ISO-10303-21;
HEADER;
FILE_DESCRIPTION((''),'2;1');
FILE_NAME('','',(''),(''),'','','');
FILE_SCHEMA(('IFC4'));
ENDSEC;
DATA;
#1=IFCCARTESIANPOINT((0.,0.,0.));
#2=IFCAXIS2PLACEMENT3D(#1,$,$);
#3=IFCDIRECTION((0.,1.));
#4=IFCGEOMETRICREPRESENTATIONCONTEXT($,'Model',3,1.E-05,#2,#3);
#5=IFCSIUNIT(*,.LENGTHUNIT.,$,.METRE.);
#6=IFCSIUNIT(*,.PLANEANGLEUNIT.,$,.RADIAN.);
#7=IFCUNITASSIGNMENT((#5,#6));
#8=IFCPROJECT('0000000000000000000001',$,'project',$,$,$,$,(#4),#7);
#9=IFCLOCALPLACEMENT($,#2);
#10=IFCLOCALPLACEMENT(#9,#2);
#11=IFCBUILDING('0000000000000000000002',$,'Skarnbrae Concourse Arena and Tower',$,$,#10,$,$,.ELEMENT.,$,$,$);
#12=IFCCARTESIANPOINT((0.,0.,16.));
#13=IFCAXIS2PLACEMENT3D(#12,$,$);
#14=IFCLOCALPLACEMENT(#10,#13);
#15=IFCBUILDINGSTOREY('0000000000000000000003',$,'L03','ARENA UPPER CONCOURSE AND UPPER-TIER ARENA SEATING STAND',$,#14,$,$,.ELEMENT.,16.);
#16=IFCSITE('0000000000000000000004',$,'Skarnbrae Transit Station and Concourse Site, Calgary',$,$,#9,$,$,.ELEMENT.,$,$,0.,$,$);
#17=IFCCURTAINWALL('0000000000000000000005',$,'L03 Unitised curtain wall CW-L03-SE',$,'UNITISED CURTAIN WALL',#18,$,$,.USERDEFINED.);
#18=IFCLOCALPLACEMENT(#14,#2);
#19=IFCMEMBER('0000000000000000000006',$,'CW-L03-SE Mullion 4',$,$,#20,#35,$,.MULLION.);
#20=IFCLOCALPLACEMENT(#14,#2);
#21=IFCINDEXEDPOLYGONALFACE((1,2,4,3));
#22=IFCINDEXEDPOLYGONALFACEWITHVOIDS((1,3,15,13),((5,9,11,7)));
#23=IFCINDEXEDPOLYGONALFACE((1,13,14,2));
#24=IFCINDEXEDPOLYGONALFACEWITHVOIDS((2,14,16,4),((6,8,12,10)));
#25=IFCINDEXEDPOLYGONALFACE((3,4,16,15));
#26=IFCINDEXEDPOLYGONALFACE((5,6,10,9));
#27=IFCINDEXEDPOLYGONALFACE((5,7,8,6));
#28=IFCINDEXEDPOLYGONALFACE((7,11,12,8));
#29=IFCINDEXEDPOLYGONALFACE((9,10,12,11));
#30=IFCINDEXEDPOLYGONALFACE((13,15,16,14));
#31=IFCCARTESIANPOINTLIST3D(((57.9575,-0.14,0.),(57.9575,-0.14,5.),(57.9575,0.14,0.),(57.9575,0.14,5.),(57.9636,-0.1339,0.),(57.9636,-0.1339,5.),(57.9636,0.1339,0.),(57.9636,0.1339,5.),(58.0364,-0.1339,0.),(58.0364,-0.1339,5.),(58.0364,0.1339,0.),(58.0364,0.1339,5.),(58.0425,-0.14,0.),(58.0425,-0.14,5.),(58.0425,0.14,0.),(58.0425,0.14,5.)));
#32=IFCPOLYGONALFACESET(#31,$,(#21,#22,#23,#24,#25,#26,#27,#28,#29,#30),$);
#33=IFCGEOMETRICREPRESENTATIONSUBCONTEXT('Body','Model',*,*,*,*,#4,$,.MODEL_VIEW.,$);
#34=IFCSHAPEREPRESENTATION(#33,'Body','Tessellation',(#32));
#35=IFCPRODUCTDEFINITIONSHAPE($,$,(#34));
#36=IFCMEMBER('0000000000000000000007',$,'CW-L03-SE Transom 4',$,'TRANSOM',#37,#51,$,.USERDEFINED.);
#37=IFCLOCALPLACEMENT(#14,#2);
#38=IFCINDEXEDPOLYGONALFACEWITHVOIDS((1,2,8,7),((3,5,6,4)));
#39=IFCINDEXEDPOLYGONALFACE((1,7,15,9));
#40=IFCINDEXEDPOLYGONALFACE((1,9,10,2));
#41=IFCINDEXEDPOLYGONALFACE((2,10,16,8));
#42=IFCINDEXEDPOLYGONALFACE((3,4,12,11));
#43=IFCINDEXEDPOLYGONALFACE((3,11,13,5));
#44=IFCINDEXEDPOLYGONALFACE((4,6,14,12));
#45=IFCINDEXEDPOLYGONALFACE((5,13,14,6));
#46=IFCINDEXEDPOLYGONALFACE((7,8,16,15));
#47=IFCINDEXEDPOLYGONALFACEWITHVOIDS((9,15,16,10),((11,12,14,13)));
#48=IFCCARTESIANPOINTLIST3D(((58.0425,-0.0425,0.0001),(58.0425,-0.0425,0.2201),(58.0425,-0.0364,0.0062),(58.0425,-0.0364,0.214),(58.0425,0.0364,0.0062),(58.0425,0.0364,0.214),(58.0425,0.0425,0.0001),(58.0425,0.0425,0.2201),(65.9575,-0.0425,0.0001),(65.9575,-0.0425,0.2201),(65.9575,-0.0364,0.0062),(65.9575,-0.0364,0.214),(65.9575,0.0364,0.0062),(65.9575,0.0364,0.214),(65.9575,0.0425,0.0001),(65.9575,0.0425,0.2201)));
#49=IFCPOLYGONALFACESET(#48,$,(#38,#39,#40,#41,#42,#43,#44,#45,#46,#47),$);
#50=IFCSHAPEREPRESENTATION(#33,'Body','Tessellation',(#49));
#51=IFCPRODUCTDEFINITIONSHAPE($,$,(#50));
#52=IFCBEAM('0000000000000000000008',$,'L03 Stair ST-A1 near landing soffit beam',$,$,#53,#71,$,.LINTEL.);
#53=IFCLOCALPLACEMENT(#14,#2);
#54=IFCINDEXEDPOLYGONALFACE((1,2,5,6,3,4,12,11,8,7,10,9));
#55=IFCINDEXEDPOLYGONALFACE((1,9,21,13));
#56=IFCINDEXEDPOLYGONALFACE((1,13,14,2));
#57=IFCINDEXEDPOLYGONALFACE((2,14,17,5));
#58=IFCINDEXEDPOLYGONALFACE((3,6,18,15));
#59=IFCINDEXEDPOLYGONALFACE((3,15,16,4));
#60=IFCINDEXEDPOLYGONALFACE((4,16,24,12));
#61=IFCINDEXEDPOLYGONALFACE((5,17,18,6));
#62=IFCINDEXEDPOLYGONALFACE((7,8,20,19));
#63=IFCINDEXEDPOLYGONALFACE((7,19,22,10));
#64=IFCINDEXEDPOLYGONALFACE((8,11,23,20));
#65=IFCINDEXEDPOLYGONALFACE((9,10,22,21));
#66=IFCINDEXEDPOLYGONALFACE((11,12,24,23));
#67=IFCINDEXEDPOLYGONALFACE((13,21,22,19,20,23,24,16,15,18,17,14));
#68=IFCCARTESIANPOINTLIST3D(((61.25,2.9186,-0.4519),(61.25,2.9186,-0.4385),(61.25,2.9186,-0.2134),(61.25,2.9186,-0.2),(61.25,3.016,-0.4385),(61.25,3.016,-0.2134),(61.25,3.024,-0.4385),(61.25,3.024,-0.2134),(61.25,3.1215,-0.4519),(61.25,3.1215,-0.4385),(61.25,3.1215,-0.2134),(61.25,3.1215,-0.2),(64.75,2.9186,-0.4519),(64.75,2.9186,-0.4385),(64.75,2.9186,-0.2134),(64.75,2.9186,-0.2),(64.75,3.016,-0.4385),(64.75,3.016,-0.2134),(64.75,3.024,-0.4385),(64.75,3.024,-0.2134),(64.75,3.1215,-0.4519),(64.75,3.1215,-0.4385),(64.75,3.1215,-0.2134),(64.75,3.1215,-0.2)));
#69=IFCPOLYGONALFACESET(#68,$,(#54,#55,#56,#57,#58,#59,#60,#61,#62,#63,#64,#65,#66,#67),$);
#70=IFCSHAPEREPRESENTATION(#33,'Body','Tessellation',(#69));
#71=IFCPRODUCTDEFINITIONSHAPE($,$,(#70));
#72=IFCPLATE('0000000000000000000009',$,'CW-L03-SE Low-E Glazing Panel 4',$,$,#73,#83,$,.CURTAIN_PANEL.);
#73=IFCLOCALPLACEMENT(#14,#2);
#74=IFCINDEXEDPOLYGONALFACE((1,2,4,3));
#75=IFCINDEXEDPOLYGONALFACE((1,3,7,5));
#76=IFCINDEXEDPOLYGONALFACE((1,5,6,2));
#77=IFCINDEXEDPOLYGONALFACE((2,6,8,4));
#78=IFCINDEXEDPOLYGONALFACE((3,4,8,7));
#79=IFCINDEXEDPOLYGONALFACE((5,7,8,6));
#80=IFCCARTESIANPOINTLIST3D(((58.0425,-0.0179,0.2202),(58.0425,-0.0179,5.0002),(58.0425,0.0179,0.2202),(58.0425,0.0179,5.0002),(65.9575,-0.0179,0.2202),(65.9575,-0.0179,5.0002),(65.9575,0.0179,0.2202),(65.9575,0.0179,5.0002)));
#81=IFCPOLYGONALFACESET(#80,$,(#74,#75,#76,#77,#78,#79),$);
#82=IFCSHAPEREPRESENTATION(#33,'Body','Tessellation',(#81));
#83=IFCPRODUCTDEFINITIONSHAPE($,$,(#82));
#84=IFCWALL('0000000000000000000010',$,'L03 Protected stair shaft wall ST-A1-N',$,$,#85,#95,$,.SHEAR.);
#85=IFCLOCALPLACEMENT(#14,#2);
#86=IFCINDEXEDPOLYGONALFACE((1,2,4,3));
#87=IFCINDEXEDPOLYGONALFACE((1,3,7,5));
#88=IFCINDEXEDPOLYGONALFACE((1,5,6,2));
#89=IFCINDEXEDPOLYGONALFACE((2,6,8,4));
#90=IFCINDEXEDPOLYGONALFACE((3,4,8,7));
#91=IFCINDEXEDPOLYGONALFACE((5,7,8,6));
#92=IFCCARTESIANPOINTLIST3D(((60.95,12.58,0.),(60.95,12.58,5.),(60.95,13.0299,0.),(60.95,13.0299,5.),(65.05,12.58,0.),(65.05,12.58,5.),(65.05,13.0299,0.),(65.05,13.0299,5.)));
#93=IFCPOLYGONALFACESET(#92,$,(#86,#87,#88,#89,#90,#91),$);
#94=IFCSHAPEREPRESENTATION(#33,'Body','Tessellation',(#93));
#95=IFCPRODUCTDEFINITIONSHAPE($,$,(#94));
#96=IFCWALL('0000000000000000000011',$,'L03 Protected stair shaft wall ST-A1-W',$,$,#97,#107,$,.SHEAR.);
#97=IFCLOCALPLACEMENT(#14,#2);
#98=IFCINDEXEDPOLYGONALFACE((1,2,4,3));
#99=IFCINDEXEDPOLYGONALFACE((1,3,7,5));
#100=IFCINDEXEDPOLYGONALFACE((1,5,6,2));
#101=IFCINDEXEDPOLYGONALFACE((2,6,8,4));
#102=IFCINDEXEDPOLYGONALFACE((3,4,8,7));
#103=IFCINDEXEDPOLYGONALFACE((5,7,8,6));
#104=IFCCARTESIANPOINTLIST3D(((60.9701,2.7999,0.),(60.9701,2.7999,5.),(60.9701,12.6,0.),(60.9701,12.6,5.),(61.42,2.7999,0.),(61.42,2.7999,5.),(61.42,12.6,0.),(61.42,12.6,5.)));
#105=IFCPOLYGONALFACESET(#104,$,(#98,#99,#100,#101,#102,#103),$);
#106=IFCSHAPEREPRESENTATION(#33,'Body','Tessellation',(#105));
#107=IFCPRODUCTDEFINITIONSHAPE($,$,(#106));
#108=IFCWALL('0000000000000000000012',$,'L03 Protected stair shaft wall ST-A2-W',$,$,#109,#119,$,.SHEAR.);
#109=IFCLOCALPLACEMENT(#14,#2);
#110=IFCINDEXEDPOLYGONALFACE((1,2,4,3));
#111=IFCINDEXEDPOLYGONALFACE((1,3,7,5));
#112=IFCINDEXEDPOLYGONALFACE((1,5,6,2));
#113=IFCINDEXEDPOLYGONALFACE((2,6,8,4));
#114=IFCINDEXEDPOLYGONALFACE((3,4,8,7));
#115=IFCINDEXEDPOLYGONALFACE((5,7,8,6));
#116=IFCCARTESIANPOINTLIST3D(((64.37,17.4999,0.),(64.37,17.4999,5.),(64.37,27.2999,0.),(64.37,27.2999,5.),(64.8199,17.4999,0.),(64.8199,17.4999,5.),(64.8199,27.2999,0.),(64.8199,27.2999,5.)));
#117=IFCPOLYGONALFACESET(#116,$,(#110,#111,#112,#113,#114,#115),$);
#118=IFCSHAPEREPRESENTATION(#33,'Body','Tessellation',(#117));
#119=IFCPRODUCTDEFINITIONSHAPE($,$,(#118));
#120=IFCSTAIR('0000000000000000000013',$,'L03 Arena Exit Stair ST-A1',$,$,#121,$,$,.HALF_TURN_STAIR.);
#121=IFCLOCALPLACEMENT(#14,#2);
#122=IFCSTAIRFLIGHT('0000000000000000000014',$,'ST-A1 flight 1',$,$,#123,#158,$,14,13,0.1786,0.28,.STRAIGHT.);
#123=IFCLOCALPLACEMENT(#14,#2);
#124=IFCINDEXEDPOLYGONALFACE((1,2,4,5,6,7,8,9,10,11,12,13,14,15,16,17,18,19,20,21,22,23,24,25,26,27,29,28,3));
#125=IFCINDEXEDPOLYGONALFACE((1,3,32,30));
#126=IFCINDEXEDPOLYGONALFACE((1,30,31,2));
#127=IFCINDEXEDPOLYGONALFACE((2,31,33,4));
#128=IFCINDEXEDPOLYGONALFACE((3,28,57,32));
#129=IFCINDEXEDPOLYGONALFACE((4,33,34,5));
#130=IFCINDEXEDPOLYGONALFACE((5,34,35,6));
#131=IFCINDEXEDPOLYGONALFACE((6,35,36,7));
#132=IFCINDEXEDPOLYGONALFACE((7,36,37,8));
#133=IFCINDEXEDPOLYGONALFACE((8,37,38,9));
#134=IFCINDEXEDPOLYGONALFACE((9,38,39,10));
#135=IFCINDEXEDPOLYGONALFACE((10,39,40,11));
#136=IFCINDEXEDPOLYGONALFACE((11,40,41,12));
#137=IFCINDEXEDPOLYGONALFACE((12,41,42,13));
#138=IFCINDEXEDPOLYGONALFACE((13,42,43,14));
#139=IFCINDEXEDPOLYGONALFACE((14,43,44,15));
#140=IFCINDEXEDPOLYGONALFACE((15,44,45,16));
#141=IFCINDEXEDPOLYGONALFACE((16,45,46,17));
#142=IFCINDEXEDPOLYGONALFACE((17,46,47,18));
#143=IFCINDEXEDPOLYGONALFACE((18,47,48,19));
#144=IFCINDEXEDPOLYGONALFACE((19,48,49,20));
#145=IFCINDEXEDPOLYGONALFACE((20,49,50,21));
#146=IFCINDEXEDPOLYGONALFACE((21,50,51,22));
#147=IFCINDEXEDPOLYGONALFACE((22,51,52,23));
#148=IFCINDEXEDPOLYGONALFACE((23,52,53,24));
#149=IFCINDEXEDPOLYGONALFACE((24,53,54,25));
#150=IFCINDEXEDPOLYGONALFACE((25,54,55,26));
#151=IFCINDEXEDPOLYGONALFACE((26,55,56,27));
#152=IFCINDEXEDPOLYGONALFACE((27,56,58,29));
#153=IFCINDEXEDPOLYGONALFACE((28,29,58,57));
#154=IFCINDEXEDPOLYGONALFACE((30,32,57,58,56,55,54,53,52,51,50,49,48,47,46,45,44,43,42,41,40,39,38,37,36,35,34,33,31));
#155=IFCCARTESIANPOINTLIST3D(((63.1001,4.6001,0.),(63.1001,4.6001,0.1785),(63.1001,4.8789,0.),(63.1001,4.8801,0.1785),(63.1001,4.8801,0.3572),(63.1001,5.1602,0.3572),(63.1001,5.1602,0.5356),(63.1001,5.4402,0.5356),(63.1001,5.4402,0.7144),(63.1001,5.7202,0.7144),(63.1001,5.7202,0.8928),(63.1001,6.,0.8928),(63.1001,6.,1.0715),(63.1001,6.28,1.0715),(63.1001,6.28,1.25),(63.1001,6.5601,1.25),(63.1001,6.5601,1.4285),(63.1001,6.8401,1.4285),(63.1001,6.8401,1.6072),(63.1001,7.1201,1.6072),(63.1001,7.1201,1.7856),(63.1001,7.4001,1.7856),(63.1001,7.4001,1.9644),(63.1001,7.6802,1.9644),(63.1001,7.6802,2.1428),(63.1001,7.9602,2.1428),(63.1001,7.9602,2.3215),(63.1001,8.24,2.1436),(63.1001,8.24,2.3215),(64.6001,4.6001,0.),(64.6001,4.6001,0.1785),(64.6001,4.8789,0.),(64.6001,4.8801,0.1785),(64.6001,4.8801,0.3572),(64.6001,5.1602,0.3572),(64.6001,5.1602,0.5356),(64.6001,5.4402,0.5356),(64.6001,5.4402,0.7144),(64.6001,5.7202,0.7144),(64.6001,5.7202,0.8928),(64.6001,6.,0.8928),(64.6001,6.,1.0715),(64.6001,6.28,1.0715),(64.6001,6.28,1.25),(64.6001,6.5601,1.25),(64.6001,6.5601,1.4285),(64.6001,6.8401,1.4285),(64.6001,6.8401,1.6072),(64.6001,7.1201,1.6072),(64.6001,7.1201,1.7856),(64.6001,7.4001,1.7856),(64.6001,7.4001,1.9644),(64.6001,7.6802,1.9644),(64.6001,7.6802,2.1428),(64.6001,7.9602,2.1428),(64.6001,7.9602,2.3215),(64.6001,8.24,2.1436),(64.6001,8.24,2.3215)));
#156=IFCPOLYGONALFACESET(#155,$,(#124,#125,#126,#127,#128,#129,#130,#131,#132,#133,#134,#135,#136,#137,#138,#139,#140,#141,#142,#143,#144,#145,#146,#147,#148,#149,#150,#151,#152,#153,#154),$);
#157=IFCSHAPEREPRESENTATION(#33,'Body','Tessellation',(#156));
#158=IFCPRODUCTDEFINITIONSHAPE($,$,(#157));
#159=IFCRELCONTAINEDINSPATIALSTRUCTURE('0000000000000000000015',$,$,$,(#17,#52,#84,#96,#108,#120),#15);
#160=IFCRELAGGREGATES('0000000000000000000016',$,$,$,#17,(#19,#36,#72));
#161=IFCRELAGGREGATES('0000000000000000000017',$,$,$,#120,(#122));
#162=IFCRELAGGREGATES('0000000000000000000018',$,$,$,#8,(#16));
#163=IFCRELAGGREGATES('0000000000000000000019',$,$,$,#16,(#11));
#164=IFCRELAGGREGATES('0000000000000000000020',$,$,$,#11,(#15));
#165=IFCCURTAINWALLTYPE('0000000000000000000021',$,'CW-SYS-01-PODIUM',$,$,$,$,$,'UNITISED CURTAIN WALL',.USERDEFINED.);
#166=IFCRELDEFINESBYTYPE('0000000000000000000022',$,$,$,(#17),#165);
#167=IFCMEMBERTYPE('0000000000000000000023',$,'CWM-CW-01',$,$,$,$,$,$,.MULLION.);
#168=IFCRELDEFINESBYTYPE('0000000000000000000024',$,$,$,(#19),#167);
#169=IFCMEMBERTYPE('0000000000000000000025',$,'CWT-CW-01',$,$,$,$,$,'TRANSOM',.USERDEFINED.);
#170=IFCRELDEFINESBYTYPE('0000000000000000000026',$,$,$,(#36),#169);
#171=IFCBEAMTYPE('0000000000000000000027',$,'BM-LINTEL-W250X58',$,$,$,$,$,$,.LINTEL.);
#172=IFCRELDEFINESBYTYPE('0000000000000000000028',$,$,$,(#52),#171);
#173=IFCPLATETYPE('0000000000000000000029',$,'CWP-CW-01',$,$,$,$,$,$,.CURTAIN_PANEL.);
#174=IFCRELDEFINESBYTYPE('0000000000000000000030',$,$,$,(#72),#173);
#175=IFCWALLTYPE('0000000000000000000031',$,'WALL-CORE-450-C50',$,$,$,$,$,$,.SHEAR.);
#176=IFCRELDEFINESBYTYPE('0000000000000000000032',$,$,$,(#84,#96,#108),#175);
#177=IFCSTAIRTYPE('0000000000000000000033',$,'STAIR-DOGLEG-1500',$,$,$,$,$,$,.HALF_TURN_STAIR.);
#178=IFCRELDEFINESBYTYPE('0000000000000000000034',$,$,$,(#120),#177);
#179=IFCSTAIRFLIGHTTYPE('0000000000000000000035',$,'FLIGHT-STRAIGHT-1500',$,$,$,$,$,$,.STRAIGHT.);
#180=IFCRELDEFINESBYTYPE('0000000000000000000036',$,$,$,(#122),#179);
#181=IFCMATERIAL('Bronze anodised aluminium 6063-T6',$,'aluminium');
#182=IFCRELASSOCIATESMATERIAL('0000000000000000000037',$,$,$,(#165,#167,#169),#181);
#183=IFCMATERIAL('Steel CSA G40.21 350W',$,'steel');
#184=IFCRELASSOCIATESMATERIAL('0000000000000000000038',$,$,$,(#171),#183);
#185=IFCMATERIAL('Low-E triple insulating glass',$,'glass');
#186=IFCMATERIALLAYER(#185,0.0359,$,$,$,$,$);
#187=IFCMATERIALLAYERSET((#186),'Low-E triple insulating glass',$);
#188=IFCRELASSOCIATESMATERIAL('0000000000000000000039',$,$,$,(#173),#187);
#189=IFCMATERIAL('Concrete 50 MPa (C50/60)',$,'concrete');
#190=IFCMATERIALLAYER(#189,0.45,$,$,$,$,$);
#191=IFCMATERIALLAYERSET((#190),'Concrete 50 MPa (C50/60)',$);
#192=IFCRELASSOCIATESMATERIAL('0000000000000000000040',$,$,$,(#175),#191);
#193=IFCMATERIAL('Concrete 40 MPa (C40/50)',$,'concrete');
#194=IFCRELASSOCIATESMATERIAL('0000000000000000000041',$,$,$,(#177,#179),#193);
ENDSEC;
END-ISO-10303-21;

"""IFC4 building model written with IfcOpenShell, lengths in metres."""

from ifc_helpers import new_model, si_unit, direction, frame, frame_2d, origin, origin_2d, place, context, subcontext, project, spatial, polyline, rectangle, hollow_rectangle, i_section, outline, extrude, source, transform, mapped, material, layer, layer_set, material_profile, profile_set, type_object, element, aggregate, save


model = new_model("IFC4")

# Units and contexts
model_context = context("Model", 3, precision=1e-05, world=origin(), true_north=direction((0.0, 1.0)))
body_context = subcontext(model_context, "Body", "Model", "MODEL_VIEW")
ifc_project = project(units=[si_unit("LENGTHUNIT", "METRE"), si_unit("PLANEANGLEUNIT", "RADIAN")], contexts=[model_context])

# Site, building, storey
site_placement = place(None, origin())
site = spatial("IfcSite", under=ifc_project, at=site_placement, Name="Skarnbrae Transit Station and Concourse Site, Calgary", CompositionType="ELEMENT", RefElevation=0.0)
building_placement = place(site_placement, origin())
building = spatial("IfcBuilding", under=site, at=building_placement, Name="Skarnbrae Concourse Arena and Tower", CompositionType="ELEMENT")
storey_placement = place(building_placement, frame((0.0, 0.0, 16.0)))
storey = spatial("IfcBuildingStorey", under=building, at=storey_placement, Name="L03", Description="ARENA UPPER CONCOURSE AND UPPER-TIER ARENA SEATING STAND", CompositionType="ELEMENT", Elevation=16.0)

# Shared definitions
ifc_material_1 = material(Name="Steel CSA G40.21 350W", Category="steel")

# Curtain wall, members
ifc_material_2 = material(Name="Bronze anodised aluminium 6063-T6", Category="aluminium")
curtain_wall_type = type_object("IfcCurtainWallType", Name="CW-SYS-01-PODIUM", ElementType="UNITISED CURTAIN WALL", PredefinedType="USERDEFINED", material=ifc_material_2)
curtain_wall_placement = place(storey_placement, origin())
curtain_wall = element("IfcCurtainWall", 1, at=curtain_wall_placement, inside=storey, type_object=curtain_wall_type, Name="L03 Unitised curtain wall CW-L03-SE", ObjectType="UNITISED CURTAIN WALL", PredefinedType="USERDEFINED")
ifc_material_profile_1 = material_profile(ifc_material_2, hollow_rectangle(XDim=0.085, YDim=0.28, WallThickness=0.0061, at=origin_2d()), Name="ALU-MULL-85X280")
ifc_profile_set_1 = profile_set([ifc_material_profile_1], Name="Bronze anodised aluminium 6063-T6")
member_type_1 = type_object("IfcMemberType", Name="CWM-CW-01", PredefinedType="MULLION", material=ifc_profile_set_1)
shared_shape_1 = source(origin(), body_context, "Body", "SweptSolid", [
    extrude(hollow_rectangle(XDim=0.085, YDim=0.28, WallThickness=0.0061, at=origin_2d()), origin(), (0.0, 0.0, 1.0), 5.0),
])
member_1_placement = place(storey_placement, frame((58.0, 0.0, 0.0), z_axis=(0.0, 0.0, 1.0), x_axis=(1.0, 0.0, 0.0)))
member_1 = element("IfcMember", 2, at=member_1_placement, type_object=member_type_1, Name="CW-L03-SE Mullion 4", PredefinedType="MULLION", context=body_context, shape_type="MappedRepresentation", body=[
    mapped(shared_shape_1, transform((0.0, 0.0, 0.0))),
])
ifc_material_profile_2 = material_profile(ifc_material_2, hollow_rectangle(XDim=0.085, YDim=0.22, WallThickness=0.0061, at=origin_2d()), Name="ALU-TRAN-85X220")
ifc_profile_set_2 = profile_set([ifc_material_profile_2], Name="Bronze anodised aluminium 6063-T6")
member_type_2 = type_object("IfcMemberType", Name="CWT-CW-01", ElementType="TRANSOM", PredefinedType="USERDEFINED", material=ifc_profile_set_2)
shared_shape_2 = source(origin(), body_context, "Body", "SweptSolid", [
    extrude(hollow_rectangle(XDim=0.085, YDim=0.22, WallThickness=0.0061, at=origin_2d()), origin(), (0.0, 0.0, 1.0), 7.915),
])
member_2_placement = place(storey_placement, frame((58.0425, 0.0, 0.1101), z_axis=(1.0, 0.0, 0.0), x_axis=(0.0, 1.0, 0.0)))
member_2 = element("IfcMember", 3, at=member_2_placement, type_object=member_type_2, Name="CW-L03-SE Transom 4", ObjectType="TRANSOM", PredefinedType="USERDEFINED", context=body_context, shape_type="MappedRepresentation", body=[
    mapped(shared_shape_2, transform((0.0, 0.0, 0.0))),
])

# Beam
ifc_material_profile_3 = material_profile(ifc_material_1, i_section(OverallWidth=0.2029, OverallDepth=0.252, WebThickness=0.0081, FlangeThickness=0.0134, at=origin_2d()), Name="W250X58")
ifc_profile_set_3 = profile_set([ifc_material_profile_3], Name="Steel CSA G40.21 350W")
beam_type_1 = type_object("IfcBeamType", Name="BM-LINTEL-W250X58", PredefinedType="LINTEL", material=ifc_profile_set_3)
shared_shape_3 = source(origin(), body_context, "Body", "SweptSolid", [
    extrude(i_section(OverallWidth=0.2029, OverallDepth=0.252, WebThickness=0.0081, FlangeThickness=0.0134, at=origin_2d()), origin(), (0.0, 0.0, 1.0), 3.5),
])
beam_1_placement = place(storey_placement, frame((64.75, 3.02, -0.3259), z_axis=(-1.0, 0.0, 0.0), x_axis=(0.0, -1.0, 0.0)))
element("IfcBeam", 4, at=beam_1_placement, inside=storey, type_object=beam_type_1, Name="L03 Stair ST-A1 near landing soffit beam", PredefinedType="LINTEL", context=body_context, shape_type="MappedRepresentation", body=[
    mapped(shared_shape_3, transform((0.0, 0.0, 0.0))),
])

# Plate
ifc_material_3 = material(Name="Low-E triple insulating glass", Category="glass")
ifc_layer_1 = layer(ifc_material_3, 0.0359)
ifc_layer_set_1 = layer_set([ifc_layer_1], Name="Low-E triple insulating glass")
plate_type = type_object("IfcPlateType", Name="CWP-CW-01", PredefinedType="CURTAIN_PANEL", material=ifc_layer_set_1)
shared_shape_4 = source(origin(), body_context, "Body", "SweptSolid", [
    extrude(rectangle(XDim=7.915, YDim=0.0359, at=origin_2d()), origin(), (0.0, 0.0, 1.0), 4.78),
])
plate_placement = place(storey_placement, frame((62.0, 0.0, 0.2202), z_axis=(0.0, 0.0, 1.0), x_axis=(1.0, 0.0, 0.0)))
plate = element("IfcPlate", 5, at=plate_placement, type_object=plate_type, Name="CW-L03-SE Low-E Glazing Panel 4", PredefinedType="CURTAIN_PANEL", context=body_context, shape_type="MappedRepresentation", body=[
    mapped(shared_shape_4, transform((0.0, 0.0, 0.0))),
])
aggregate(curtain_wall, [member_1, member_2, plate])

# Shared definitions
ifc_material_4 = material(Name="Concrete 50 MPa (C50/60)", Category="concrete")
ifc_layer_2 = layer(ifc_material_4, 0.45)
ifc_layer_set_2 = layer_set([ifc_layer_2], Name="Concrete 50 MPa (C50/60)")
wall_type = type_object("IfcWallType", Name="WALL-CORE-450-C50", PredefinedType="SHEAR", material=ifc_layer_set_2)
shared_shape_5 = source(origin(), body_context, "Body", "SweptSolid", [
    extrude(rectangle(XDim=4.1001, YDim=0.45, at=frame_2d((2.05, 0.0))), origin(), (0.0, 0.0, 1.0), 5.0),
])

# Walls
wall_1_placement = place(storey_placement, frame((60.95, 12.8049, 0.0), z_axis=(0.0, 0.0, 1.0), x_axis=(1.0, 0.0, 0.0)))
element("IfcWall", 6, at=wall_1_placement, inside=storey, type_object=wall_type, Name="L03 Protected stair shaft wall ST-A1-N", PredefinedType="SHEAR", context=body_context, shape_type="MappedRepresentation", body=[
    mapped(shared_shape_5, transform((0.0, 0.0, 0.0))),
])
shared_shape_6 = source(origin(), body_context, "Body", "SweptSolid", [
    extrude(rectangle(XDim=9.8, YDim=0.45, at=frame_2d((4.8999, 0.0))), origin(), (0.0, 0.0, 1.0), 5.0),
])
for number, where, z_axis, x_axis, name in (
    (7, (61.1951, 2.8, 0.0), (0.0, 0.0, 1.0), (0.0, 1.0, 0.0), "L03 Protected stair shaft wall ST-A1-W"),
    (8, (64.595, 17.5, 0.0), (0.0, 0.0, 1.0), (0.0, 1.0, 0.0), "L03 Protected stair shaft wall ST-A2-W"),
):
    element("IfcWall", number, at=place(storey_placement, frame(where, z_axis=z_axis, x_axis=x_axis)), inside=storey, type_object=wall_type, Name=name, PredefinedType="SHEAR", context=body_context, shape_type="MappedRepresentation", body=[
        mapped(shared_shape_6, transform((0.0, 0.0, 0.0))),
    ])

# Stair, stair flight
ifc_material_5 = material(Name="Concrete 40 MPa (C40/50)", Category="concrete")
stair_type = type_object("IfcStairType", Name="STAIR-DOGLEG-1500", PredefinedType="HALF_TURN_STAIR", material=ifc_material_5)
stair_placement = place(storey_placement, origin())
stair = element("IfcStair", 9, at=stair_placement, inside=storey, type_object=stair_type, Name="L03 Arena Exit Stair ST-A1", PredefinedType="HALF_TURN_STAIR")
stair_flight_type = type_object("IfcStairFlightType", Name="FLIGHT-STRAIGHT-1500", PredefinedType="STRAIGHT", material=ifc_material_5)
shared_shape_7 = source(origin(), body_context, "Body", "SweptSolid", [
    extrude(outline(polyline([(0.0, 0.0), (0.0, 0.1785), (0.28, 0.1785), (0.28, 0.3572), (0.5601, 0.3572), (0.5601, 0.5356), (0.8401, 0.5356), (0.8401, 0.7144), (1.1201, 0.7144), (1.1201, 0.8928), (1.3999, 0.8928), (1.3999, 1.0715), (1.6799, 1.0715), (1.6799, 1.25), (1.96, 1.25), (1.96, 1.4285), (2.24, 1.4285), (2.24, 1.6072), (2.52, 1.6072), (2.52, 1.7856), (2.8, 1.7856), (2.8, 1.9644), (3.0801, 1.9644), (3.0801, 2.1428), (3.3601, 2.1428), (3.3601, 2.3215), (3.6399, 2.3215), (3.6399, 2.5), (3.6399, 2.1436), (0.2788, 0.0), (0.0, 0.0)])), frame((0.0, 0.75, 0.0), z_axis=(0.0, -1.0, 0.0), x_axis=(1.0, 0.0, 0.0)), (0.0, 0.0, 1.0), 1.5),
])
stair_flight_1_placement = place(storey_placement, frame((63.8501, 4.6001, 0.0), z_axis=(0.0, 0.0, 1.0), x_axis=(0.0, 1.0, 0.0)))
stair_flight_1 = element("IfcStairFlight", 10, at=stair_flight_1_placement, type_object=stair_flight_type, Name="ST-A1 flight 1", NumberOfRisers=14, NumberOfTreads=13, PredefinedType="STRAIGHT", RiserHeight=0.1786, TreadLength=0.28, context=body_context, shape_type="MappedRepresentation", body=[
    mapped(shared_shape_7, transform((0.0, 0.0, 0.0))),
])
aggregate(stair, [stair_flight_1])

save(model, "model.ifc")
